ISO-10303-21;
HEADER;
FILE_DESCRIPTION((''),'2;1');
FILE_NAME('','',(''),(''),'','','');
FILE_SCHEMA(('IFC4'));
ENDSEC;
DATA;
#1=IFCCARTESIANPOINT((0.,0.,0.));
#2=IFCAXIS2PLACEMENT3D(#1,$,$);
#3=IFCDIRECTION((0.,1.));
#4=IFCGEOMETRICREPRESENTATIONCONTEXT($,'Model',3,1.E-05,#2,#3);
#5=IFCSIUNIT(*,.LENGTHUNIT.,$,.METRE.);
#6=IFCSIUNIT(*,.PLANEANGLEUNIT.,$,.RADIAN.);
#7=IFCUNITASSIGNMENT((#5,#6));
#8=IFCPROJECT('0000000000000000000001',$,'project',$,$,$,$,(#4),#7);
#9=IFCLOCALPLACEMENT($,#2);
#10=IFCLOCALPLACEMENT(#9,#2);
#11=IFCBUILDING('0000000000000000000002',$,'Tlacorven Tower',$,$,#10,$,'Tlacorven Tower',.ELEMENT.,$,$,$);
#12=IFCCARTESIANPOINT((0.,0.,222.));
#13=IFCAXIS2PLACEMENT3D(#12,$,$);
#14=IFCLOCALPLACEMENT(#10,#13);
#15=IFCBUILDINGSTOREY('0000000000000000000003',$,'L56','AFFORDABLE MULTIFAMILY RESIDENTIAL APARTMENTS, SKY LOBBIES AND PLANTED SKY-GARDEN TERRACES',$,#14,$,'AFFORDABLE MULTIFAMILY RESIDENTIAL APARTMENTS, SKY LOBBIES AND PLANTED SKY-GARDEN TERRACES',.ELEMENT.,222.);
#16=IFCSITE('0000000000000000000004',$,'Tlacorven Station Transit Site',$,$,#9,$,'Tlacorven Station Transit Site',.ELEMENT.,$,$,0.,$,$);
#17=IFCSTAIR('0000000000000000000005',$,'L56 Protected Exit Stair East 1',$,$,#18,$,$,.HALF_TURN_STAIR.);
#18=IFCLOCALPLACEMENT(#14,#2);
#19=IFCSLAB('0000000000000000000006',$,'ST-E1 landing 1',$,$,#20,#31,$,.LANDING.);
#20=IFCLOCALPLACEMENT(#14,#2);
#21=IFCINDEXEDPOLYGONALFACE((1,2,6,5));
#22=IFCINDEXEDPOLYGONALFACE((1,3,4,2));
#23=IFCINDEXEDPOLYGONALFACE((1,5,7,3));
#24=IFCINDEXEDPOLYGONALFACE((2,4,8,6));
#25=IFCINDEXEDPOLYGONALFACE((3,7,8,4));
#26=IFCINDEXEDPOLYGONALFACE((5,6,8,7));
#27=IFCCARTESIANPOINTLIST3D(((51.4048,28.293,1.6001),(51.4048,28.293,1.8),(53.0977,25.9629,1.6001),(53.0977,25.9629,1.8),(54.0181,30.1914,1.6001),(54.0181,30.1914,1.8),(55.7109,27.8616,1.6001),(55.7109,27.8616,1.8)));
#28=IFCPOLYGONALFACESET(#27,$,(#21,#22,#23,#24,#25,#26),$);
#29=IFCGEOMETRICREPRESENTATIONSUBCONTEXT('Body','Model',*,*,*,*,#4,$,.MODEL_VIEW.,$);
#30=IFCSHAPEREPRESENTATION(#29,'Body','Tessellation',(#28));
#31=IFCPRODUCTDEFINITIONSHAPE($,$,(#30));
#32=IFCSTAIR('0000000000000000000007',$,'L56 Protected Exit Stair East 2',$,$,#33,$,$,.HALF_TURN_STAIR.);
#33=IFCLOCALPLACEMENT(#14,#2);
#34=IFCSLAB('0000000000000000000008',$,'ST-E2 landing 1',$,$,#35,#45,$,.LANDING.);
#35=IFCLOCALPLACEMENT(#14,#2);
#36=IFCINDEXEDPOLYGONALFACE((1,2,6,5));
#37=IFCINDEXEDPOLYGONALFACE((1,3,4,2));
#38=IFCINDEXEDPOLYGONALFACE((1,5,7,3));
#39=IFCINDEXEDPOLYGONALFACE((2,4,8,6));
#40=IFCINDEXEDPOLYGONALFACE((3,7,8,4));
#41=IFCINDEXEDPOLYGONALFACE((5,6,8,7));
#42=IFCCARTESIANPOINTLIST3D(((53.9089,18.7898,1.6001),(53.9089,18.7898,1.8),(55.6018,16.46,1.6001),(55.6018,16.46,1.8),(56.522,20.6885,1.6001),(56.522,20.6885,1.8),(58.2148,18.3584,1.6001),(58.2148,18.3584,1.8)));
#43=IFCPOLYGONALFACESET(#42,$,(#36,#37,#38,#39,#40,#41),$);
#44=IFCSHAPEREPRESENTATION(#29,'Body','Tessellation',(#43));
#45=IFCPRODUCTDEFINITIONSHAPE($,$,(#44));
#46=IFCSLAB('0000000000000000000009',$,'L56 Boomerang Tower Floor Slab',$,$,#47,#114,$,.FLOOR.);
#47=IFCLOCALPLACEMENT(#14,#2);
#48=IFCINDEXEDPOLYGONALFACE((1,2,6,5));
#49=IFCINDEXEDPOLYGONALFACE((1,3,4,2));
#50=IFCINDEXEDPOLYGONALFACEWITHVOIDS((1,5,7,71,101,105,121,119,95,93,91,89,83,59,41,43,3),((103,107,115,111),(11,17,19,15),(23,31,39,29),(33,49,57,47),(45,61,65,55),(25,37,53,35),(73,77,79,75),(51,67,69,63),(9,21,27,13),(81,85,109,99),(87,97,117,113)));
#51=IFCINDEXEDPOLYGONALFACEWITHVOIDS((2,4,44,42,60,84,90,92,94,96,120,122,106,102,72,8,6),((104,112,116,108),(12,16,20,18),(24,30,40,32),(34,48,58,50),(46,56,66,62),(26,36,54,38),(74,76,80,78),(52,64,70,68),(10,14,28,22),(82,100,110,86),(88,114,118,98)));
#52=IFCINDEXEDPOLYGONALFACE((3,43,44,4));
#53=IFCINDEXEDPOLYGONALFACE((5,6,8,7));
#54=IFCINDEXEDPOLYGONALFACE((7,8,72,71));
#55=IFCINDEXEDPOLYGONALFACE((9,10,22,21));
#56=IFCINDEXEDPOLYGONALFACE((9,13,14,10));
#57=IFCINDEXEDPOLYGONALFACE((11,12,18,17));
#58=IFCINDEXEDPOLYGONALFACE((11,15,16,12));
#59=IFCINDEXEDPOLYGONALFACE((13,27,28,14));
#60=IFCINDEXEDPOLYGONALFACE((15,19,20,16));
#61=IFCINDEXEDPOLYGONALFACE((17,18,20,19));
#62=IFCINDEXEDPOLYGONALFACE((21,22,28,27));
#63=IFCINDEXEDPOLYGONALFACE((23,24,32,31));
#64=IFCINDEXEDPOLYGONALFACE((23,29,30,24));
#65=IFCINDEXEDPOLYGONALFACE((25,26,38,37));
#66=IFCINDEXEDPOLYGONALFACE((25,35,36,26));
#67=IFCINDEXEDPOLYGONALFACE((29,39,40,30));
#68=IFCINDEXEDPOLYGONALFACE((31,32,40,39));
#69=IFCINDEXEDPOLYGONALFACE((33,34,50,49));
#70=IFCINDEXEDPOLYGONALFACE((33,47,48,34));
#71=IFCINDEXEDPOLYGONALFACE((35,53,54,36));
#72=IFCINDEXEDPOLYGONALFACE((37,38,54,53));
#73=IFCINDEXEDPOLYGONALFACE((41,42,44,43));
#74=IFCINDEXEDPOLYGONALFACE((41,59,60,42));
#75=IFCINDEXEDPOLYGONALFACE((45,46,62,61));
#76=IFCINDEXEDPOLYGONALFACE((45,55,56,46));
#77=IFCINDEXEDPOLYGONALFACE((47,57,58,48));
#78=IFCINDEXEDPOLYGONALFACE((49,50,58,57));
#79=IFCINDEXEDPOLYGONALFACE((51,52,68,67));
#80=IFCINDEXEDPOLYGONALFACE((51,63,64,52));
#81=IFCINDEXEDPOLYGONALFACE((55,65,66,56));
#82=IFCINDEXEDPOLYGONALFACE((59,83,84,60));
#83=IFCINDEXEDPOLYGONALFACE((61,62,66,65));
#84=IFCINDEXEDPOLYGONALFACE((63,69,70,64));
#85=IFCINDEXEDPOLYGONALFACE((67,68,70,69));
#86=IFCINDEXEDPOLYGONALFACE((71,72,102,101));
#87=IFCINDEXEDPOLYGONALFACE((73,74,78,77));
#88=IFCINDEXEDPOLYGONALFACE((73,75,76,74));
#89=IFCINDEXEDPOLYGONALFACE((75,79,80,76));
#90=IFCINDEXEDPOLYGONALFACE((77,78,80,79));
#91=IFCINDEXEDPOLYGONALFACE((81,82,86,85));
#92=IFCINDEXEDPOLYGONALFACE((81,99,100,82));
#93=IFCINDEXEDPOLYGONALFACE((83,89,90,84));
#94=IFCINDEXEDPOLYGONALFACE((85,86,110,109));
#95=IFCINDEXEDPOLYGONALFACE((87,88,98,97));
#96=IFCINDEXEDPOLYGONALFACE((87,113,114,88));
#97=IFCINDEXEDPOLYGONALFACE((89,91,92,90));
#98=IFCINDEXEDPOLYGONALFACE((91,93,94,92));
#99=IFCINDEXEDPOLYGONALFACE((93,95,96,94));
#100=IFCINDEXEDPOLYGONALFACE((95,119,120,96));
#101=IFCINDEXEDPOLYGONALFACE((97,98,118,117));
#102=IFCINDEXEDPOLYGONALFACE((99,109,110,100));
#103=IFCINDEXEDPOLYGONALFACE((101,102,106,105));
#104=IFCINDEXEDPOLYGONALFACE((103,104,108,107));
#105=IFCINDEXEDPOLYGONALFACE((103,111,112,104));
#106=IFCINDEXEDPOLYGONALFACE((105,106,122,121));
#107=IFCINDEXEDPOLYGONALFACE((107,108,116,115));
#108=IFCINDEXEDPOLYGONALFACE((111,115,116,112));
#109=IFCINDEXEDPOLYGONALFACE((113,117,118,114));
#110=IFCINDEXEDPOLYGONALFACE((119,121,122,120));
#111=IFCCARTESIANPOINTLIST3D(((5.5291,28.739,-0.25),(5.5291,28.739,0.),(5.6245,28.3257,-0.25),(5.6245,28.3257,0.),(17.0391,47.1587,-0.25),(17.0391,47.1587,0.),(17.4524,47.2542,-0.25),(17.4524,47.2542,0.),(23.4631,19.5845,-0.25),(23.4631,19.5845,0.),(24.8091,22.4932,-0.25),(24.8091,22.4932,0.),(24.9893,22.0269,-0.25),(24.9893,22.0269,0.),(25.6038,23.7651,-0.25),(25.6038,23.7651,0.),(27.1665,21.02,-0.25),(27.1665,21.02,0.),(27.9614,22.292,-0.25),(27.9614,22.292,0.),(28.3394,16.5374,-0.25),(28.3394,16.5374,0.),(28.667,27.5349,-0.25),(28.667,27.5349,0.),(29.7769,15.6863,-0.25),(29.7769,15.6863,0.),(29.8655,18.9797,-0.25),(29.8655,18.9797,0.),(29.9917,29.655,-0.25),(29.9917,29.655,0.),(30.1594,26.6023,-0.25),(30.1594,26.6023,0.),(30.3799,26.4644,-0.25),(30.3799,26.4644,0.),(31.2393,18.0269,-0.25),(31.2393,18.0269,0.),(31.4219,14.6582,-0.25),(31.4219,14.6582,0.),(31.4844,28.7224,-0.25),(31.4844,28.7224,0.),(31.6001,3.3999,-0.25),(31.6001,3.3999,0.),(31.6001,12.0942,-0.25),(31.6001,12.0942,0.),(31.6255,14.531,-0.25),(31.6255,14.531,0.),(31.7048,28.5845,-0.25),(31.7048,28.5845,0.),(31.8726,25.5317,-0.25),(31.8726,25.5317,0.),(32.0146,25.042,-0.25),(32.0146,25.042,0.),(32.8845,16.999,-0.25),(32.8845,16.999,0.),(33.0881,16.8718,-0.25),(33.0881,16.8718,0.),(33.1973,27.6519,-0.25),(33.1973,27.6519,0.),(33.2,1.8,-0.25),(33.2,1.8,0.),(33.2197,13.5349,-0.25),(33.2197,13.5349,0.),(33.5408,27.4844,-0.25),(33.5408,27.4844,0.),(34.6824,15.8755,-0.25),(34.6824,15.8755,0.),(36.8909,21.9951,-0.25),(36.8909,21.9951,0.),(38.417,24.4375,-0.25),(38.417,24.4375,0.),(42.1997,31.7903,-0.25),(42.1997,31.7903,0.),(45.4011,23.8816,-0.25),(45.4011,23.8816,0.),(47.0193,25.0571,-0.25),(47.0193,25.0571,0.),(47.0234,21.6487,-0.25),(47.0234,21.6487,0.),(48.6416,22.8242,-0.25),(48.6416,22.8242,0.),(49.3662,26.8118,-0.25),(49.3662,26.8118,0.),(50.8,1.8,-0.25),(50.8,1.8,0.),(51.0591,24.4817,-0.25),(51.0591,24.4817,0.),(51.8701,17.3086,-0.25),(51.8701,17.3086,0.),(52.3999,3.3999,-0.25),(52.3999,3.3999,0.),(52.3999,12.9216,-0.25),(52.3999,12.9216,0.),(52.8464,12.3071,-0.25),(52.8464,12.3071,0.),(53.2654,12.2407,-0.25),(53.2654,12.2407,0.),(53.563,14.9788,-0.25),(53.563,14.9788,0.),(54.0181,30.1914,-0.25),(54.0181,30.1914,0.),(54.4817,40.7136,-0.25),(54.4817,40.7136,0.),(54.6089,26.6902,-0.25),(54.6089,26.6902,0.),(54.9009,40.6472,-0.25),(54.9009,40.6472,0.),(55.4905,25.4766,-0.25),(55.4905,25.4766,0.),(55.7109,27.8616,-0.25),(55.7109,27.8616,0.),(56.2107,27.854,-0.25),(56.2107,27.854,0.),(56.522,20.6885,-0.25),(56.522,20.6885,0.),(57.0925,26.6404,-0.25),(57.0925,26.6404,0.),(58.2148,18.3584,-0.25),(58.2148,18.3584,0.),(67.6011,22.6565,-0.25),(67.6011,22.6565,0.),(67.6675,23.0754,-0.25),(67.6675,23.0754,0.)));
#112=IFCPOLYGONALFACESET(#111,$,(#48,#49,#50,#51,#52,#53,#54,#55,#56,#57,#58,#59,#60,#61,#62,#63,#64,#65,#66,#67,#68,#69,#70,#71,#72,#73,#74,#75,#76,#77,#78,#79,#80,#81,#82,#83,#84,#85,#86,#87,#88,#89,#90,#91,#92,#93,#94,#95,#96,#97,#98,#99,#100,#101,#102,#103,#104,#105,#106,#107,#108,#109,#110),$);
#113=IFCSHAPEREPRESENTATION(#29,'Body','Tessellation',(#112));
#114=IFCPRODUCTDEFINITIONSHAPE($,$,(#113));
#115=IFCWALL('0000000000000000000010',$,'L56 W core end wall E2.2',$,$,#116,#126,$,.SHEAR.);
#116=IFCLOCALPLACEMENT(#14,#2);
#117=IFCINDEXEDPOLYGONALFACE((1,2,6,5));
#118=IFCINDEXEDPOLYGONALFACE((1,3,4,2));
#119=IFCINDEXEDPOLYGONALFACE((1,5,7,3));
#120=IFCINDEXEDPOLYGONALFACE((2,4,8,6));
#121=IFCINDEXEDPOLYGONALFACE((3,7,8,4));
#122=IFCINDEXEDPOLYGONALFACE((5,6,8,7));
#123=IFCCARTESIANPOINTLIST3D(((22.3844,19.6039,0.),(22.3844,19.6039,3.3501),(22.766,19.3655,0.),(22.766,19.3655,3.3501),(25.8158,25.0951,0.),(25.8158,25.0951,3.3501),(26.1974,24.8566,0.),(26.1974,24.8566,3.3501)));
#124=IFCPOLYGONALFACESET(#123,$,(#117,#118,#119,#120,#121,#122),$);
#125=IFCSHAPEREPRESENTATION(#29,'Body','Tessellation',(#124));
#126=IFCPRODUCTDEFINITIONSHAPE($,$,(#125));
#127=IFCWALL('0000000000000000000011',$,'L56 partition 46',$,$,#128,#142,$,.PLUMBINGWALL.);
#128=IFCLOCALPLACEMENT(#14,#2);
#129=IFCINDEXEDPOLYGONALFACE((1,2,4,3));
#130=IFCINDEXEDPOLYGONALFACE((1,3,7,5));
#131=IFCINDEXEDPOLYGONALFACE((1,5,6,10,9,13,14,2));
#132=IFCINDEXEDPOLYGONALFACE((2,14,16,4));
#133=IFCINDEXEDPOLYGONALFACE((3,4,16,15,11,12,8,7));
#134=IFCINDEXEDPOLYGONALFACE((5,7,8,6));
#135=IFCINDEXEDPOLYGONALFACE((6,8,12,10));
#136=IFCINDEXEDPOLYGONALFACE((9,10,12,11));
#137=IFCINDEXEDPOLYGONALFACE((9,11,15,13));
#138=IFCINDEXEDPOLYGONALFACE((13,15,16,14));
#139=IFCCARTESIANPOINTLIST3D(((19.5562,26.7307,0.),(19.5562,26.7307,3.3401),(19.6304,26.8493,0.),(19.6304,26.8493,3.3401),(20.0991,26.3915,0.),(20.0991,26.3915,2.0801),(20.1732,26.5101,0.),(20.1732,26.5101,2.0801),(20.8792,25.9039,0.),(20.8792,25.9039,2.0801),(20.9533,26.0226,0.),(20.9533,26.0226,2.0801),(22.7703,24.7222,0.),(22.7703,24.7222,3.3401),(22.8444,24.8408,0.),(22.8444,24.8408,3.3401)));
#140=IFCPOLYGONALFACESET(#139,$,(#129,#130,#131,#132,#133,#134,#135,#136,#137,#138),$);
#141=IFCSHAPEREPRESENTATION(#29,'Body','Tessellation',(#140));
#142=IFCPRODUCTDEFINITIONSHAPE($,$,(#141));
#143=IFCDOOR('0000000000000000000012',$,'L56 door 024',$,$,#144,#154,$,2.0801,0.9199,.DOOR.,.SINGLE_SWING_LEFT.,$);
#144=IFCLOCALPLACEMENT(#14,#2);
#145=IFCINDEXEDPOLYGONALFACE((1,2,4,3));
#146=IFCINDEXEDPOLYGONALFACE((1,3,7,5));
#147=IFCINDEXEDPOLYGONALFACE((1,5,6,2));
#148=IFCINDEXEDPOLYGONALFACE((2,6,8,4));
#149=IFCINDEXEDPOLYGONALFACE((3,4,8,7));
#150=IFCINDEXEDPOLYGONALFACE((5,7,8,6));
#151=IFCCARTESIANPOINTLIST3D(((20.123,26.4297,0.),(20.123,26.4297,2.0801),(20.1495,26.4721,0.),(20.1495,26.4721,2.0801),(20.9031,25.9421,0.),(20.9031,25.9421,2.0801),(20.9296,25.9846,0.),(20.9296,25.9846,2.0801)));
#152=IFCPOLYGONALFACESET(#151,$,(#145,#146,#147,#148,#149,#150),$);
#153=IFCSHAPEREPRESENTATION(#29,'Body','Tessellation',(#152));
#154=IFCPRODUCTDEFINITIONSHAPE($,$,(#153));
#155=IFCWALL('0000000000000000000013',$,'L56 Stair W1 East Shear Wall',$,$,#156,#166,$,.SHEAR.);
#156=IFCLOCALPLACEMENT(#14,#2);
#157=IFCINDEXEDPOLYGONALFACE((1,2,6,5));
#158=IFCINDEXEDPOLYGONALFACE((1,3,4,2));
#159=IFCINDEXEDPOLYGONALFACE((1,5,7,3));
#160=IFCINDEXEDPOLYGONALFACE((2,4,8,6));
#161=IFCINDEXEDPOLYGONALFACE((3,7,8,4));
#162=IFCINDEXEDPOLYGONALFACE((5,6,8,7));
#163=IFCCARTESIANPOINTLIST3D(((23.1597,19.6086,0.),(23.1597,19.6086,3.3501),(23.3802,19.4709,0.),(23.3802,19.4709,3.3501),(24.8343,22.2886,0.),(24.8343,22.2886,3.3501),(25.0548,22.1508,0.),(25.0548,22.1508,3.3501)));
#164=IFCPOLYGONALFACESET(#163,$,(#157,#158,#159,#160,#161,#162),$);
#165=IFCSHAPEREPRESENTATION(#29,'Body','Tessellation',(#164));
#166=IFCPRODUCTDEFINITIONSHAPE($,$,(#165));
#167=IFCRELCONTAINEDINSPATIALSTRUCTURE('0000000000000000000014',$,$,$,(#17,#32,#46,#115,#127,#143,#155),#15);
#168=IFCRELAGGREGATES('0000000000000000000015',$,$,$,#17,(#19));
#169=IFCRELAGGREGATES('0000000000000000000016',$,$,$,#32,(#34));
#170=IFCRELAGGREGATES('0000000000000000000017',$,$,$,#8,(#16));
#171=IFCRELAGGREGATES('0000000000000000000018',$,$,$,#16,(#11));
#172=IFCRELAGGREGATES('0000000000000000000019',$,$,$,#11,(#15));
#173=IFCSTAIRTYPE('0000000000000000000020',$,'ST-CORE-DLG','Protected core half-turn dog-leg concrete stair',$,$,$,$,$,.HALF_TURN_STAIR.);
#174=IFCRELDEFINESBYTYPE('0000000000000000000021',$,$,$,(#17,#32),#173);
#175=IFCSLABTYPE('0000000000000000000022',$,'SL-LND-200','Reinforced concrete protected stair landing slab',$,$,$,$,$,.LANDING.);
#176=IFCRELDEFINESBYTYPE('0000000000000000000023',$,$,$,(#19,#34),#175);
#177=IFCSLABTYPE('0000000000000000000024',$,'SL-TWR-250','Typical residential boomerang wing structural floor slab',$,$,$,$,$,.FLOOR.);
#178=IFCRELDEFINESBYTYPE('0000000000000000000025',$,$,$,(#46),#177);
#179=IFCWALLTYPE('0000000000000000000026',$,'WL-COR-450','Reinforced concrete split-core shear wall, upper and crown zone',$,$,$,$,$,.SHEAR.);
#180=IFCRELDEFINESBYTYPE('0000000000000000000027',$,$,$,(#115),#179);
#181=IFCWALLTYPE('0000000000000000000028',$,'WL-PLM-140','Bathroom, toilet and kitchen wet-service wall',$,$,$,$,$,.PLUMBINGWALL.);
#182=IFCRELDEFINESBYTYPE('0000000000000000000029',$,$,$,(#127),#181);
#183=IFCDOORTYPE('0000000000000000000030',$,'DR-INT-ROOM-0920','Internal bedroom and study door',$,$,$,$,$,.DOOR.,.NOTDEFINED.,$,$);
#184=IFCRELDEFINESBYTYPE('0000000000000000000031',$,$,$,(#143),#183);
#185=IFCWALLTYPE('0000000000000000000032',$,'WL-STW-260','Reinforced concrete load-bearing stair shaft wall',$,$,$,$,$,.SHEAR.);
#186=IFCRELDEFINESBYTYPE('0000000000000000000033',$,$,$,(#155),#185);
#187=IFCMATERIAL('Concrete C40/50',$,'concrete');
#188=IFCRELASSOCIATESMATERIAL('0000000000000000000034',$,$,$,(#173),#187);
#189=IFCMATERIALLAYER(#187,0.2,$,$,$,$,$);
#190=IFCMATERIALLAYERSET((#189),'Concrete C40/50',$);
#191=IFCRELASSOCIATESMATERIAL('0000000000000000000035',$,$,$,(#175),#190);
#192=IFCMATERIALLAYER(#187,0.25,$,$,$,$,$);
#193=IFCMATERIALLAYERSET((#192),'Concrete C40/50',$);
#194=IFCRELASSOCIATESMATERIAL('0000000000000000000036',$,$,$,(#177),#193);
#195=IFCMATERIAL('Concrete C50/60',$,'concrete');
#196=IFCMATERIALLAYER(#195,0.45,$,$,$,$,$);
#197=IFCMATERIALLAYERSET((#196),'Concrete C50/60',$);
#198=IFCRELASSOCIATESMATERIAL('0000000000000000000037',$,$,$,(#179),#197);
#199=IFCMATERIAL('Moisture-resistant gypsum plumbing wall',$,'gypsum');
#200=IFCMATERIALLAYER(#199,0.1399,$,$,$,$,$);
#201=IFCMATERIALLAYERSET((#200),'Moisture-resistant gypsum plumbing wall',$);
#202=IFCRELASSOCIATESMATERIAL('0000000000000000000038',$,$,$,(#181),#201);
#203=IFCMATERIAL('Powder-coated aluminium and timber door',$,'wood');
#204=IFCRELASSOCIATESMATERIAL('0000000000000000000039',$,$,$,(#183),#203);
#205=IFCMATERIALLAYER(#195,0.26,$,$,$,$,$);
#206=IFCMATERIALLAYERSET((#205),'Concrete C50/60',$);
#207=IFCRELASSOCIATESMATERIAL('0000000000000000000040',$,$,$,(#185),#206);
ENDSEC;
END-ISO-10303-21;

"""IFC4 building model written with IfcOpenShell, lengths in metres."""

from ifc_helpers import new_model, si_unit, direction, frame, frame_2d, origin, place, context, subcontext, project, spatial, polyline, rectangle, outline, extrude, source, transform, mapped, material, layer, layer_set, type_object, element, fill, aggregate, save


model = new_model("IFC4")

# Units and contexts
model_context = context("Model", 3, precision=1e-05, world=origin(), true_north=direction((0.0, 1.0)))
body_context = subcontext(model_context, "Body", "Model", "MODEL_VIEW")
ifc_project = project(units=[si_unit("LENGTHUNIT", "METRE"), si_unit("PLANEANGLEUNIT", "RADIAN")], contexts=[model_context])

# Site, building, storey
site_placement = place(None, origin())
site = spatial("IfcSite", under=ifc_project, at=site_placement, Name="Tlacorven Station Transit Site", LongName="Tlacorven Station Transit Site", CompositionType="ELEMENT", RefElevation=0.0)
building_placement = place(site_placement, origin())
building = spatial("IfcBuilding", under=site, at=building_placement, Name="Tlacorven Tower", LongName="Tlacorven Tower", CompositionType="ELEMENT")
storey_placement = place(building_placement, frame((0.0, 0.0, 222.0)))
storey = spatial("IfcBuildingStorey", under=building, at=storey_placement, Name="L56", Description="AFFORDABLE MULTIFAMILY RESIDENTIAL APARTMENTS, SKY LOBBIES AND PLANTED SKY-GARDEN TERRACES", LongName="AFFORDABLE MULTIFAMILY RESIDENTIAL APARTMENTS, SKY LOBBIES AND PLANTED SKY-GARDEN TERRACES", CompositionType="ELEMENT", Elevation=222.0)

# Stairs, slabs
ifc_material_1 = material(Name="Concrete C40/50", Category="concrete")
stair_type = type_object("IfcStairType", Name="ST-CORE-DLG", Description="Protected core half-turn dog-leg concrete stair", PredefinedType="HALF_TURN_STAIR", material=ifc_material_1)
ifc_layer_1 = layer(ifc_material_1, 0.2)
ifc_layer_set_1 = layer_set([ifc_layer_1], Name="Concrete C40/50")
slab_type_1 = type_object("IfcSlabType", Name="SL-LND-200", Description="Reinforced concrete protected stair landing slab", PredefinedType="LANDING", material=ifc_layer_set_1)
stair_1_placement = place(storey_placement, origin())
stair_1 = element("IfcStair", 1, at=stair_1_placement, inside=storey, type_object=stair_type, Name="L56 Protected Exit Stair East 1", PredefinedType="HALF_TURN_STAIR")
slab_1_placement = place(storey_placement, frame((0.0, 0.0, 1.6001)))
slab_1 = element("IfcSlab", 2, at=slab_1_placement, type_object=slab_type_1, Name="ST-E1 landing 1", PredefinedType="LANDING", context=body_context, shape_type="SweptSolid", body=[
    extrude(outline(polyline([(53.0977, 25.9629), (55.7109, 27.8616), (54.0181, 30.1914), (51.4048, 28.293), (53.0977, 25.9629)])), origin(), (0.0, 0.0, 1.0), 0.2),
])
aggregate(stair_1, [slab_1])
stair_2_placement = place(storey_placement, origin())
stair_2 = element("IfcStair", 3, at=stair_2_placement, inside=storey, type_object=stair_type, Name="L56 Protected Exit Stair East 2", PredefinedType="HALF_TURN_STAIR")
slab_2_placement = place(storey_placement, frame((0.0, 0.0, 1.6001)))
slab_2 = element("IfcSlab", 4, at=slab_2_placement, type_object=slab_type_1, Name="ST-E2 landing 1", PredefinedType="LANDING", context=body_context, shape_type="SweptSolid", body=[
    extrude(outline(polyline([(55.6018, 16.46), (58.2148, 18.3584), (56.522, 20.6885), (53.9089, 18.7898), (55.6018, 16.46)])), origin(), (0.0, 0.0, 1.0), 0.2),
])
aggregate(stair_2, [slab_2])

# Slab
ifc_layer_2 = layer(ifc_material_1, 0.25)
ifc_layer_set_2 = layer_set([ifc_layer_2], Name="Concrete C40/50")
slab_type_2 = type_object("IfcSlabType", Name="SL-TWR-250", Description="Typical residential boomerang wing structural floor slab", PredefinedType="FLOOR", material=ifc_layer_set_2)
slab_3_placement = place(storey_placement, frame((0.0, 0.0, -0.25)))
element("IfcSlab", 5, at=slab_3_placement, inside=storey, type_object=slab_type_2, Name="L56 Boomerang Tower Floor Slab", PredefinedType="FLOOR", context=body_context, shape_type="SweptSolid", body=[
    extrude(outline(polyline([(52.3999, 3.3999), (50.8, 1.8), (33.2, 1.8), (31.6001, 3.3999), (31.6001, 12.0942), (5.6245, 28.3257), (5.5291, 28.739), (17.0391, 47.1587), (17.4524, 47.2542), (42.1997, 31.7903), (54.4817, 40.7136), (54.9009, 40.6472), (67.6675, 23.0754), (67.6011, 22.6565), (53.2654, 12.2407), (52.8464, 12.3071), (52.3999, 12.9216), (52.3999, 3.3999)]), holes=[polyline([(29.8655, 18.9797), (24.9893, 22.0269), (23.4631, 19.5845), (28.3394, 16.5374), (29.8655, 18.9797)]), polyline([(38.417, 24.4375), (33.5408, 27.4844), (32.0146, 25.042), (36.8909, 21.9951), (38.417, 24.4375)]), polyline([(51.0591, 24.4817), (55.7109, 27.8616), (54.0181, 30.1914), (49.3662, 26.8118), (51.0591, 24.4817)]), polyline([(53.563, 14.9788), (58.2148, 18.3584), (56.522, 20.6885), (51.8701, 17.3086), (53.563, 14.9788)]), polyline([(34.6824, 15.8755), (33.0881, 16.8718), (31.6255, 14.531), (33.2197, 13.5349), (34.6824, 15.8755)]), polyline([(32.8845, 16.999), (31.2393, 18.0269), (29.7769, 15.6863), (31.4219, 14.6582), (32.8845, 16.999)]), polyline([(47.0234, 21.6487), (48.6416, 22.8242), (47.0193, 25.0571), (45.4011, 23.8816), (47.0234, 21.6487)]), polyline([(33.1973, 27.6519), (31.7048, 28.5845), (30.3799, 26.4644), (31.8726, 25.5317), (33.1973, 27.6519)]), polyline([(31.4844, 28.7224), (29.9917, 29.655), (28.667, 27.5349), (30.1594, 26.6023), (31.4844, 28.7224)]), polyline([(27.9614, 22.292), (25.6038, 23.7651), (24.8091, 22.4932), (27.1665, 21.02), (27.9614, 22.292)]), polyline([(55.4905, 25.4766), (57.0925, 26.6404), (56.2107, 27.854), (54.6089, 26.6902), (55.4905, 25.4766)])]), origin(), (0.0, 0.0, 1.0), 0.25),
])

# Wall
ifc_material_2 = material(Name="Concrete C50/60", Category="concrete")
ifc_layer_3 = layer(ifc_material_2, 0.45)
ifc_layer_set_3 = layer_set([ifc_layer_3], Name="Concrete C50/60")
wall_type_1 = type_object("IfcWallType", Name="WL-COR-450", Description="Reinforced concrete split-core shear wall, upper and crown zone", PredefinedType="SHEAR", material=ifc_layer_set_3)
wall_1_placement = place(storey_placement, frame((26.0066, 24.9758, 0.0), z_axis=(0.0, 0.0, 1.0), x_axis=(-0.529931, -0.848041, 0.0)))
element("IfcWall", 6, at=wall_1_placement, inside=storey, type_object=wall_type_1, Name="L56 W core end wall E2.2", PredefinedType="SHEAR", context=body_context, shape_type="SweptSolid", body=[
    extrude(rectangle(XDim=6.4751, YDim=0.45, at=frame_2d((3.2375, 0.0))), origin(), (0.0, 0.0, 1.0), 3.3501),
])

# Wall, opening, door
ifc_material_3 = material(Name="Moisture-resistant gypsum plumbing wall", Category="gypsum")
ifc_layer_4 = layer(ifc_material_3, 0.1399)
ifc_layer_set_4 = layer_set([ifc_layer_4], Name="Moisture-resistant gypsum plumbing wall")
wall_type_2 = type_object("IfcWallType", Name="WL-PLM-140", Description="Bathroom, toilet and kitchen wet-service wall", PredefinedType="PLUMBINGWALL", material=ifc_layer_set_4)
wall_2_placement = place(storey_placement, frame((22.8074, 24.7815, 0.0), z_axis=(0.0, 0.0, 1.0), x_axis=(-0.848031, 0.529947, 0.0)))
wall_2 = element("IfcWall", 7, at=wall_2_placement, inside=storey, type_object=wall_type_2, Name="L56 partition 46", PredefinedType="PLUMBINGWALL", context=body_context, shape_type="SweptSolid", body=[
    extrude(rectangle(XDim=3.79, YDim=0.1399, at=frame_2d((1.895, 0.0))), origin(), (0.0, 0.0, 1.0), 3.3401),
])
opening_placement = place(wall_2_placement, frame((2.23, 0.0, 0.0)))
opening = element("IfcOpeningElement", 8, at=opening_placement, cuts=wall_2, PredefinedType="OPENING", context=body_context, shape_type="SweptSolid", body=[
    extrude(rectangle(XDim=0.9199, YDim=2.0801, at=frame_2d((0.46, 1.04))), frame((0.0, 0.0801, 0.0), z_axis=(0.0, -1.0, 0.0), x_axis=(1.0, 0.0, 0.0)), (0.0, 0.0, 1.0), 0.1599),
])
ifc_material_4 = material(Name="Powder-coated aluminium and timber door", Category="wood")
door_type = type_object("IfcDoorType", Name="DR-INT-ROOM-0920", Description="Internal bedroom and study door", OperationType="NOTDEFINED", PredefinedType="DOOR", material=ifc_material_4)
shared_shape_1 = source(origin(), body_context, "Body", "SweptSolid", [
    extrude(rectangle(XDim=0.9199, YDim=2.0801, at=frame_2d((0.46, 1.04))), frame((0.0, 0.0249, 0.0), z_axis=(0.0, -1.0, 0.0), x_axis=(1.0, 0.0, 0.0)), (0.0, 0.0, 1.0), 0.05),
])
door_placement = place(opening_placement, origin())
door = element("IfcDoor", 9, at=door_placement, inside=storey, type_object=door_type, Name="L56 door 024", OperationType="SINGLE_SWING_LEFT", OverallHeight=2.0801, OverallWidth=0.9199, PredefinedType="DOOR", context=body_context, shape_type="MappedRepresentation", body=[
    mapped(shared_shape_1, transform((0.0, 0.0, 0.0), scale=1.0)),
])
fill(opening, door)

# Wall
ifc_layer_5 = layer(ifc_material_2, 0.26)
ifc_layer_set_5 = layer_set([ifc_layer_5], Name="Concrete C50/60")
wall_type_3 = type_object("IfcWallType", Name="WL-STW-260", Description="Reinforced concrete load-bearing stair shaft wall", PredefinedType="SHEAR", material=ifc_layer_set_5)
wall_3_placement = place(storey_placement, frame((24.9446, 22.2197, 0.0), z_axis=(0.0, 0.0, 1.0), x_axis=(-0.529909, -0.848055, 0.0)))
element("IfcWall", 10, at=wall_3_placement, inside=storey, type_object=wall_type_3, Name="L56 Stair W1 East Shear Wall", PredefinedType="SHEAR", context=body_context, shape_type="SweptSolid", body=[
    extrude(rectangle(XDim=3.1602, YDim=0.26, at=frame_2d((1.5801, 0.0))), origin(), (0.0, 0.0, 1.0), 3.3501),
])

save(model, "model.ifc")
